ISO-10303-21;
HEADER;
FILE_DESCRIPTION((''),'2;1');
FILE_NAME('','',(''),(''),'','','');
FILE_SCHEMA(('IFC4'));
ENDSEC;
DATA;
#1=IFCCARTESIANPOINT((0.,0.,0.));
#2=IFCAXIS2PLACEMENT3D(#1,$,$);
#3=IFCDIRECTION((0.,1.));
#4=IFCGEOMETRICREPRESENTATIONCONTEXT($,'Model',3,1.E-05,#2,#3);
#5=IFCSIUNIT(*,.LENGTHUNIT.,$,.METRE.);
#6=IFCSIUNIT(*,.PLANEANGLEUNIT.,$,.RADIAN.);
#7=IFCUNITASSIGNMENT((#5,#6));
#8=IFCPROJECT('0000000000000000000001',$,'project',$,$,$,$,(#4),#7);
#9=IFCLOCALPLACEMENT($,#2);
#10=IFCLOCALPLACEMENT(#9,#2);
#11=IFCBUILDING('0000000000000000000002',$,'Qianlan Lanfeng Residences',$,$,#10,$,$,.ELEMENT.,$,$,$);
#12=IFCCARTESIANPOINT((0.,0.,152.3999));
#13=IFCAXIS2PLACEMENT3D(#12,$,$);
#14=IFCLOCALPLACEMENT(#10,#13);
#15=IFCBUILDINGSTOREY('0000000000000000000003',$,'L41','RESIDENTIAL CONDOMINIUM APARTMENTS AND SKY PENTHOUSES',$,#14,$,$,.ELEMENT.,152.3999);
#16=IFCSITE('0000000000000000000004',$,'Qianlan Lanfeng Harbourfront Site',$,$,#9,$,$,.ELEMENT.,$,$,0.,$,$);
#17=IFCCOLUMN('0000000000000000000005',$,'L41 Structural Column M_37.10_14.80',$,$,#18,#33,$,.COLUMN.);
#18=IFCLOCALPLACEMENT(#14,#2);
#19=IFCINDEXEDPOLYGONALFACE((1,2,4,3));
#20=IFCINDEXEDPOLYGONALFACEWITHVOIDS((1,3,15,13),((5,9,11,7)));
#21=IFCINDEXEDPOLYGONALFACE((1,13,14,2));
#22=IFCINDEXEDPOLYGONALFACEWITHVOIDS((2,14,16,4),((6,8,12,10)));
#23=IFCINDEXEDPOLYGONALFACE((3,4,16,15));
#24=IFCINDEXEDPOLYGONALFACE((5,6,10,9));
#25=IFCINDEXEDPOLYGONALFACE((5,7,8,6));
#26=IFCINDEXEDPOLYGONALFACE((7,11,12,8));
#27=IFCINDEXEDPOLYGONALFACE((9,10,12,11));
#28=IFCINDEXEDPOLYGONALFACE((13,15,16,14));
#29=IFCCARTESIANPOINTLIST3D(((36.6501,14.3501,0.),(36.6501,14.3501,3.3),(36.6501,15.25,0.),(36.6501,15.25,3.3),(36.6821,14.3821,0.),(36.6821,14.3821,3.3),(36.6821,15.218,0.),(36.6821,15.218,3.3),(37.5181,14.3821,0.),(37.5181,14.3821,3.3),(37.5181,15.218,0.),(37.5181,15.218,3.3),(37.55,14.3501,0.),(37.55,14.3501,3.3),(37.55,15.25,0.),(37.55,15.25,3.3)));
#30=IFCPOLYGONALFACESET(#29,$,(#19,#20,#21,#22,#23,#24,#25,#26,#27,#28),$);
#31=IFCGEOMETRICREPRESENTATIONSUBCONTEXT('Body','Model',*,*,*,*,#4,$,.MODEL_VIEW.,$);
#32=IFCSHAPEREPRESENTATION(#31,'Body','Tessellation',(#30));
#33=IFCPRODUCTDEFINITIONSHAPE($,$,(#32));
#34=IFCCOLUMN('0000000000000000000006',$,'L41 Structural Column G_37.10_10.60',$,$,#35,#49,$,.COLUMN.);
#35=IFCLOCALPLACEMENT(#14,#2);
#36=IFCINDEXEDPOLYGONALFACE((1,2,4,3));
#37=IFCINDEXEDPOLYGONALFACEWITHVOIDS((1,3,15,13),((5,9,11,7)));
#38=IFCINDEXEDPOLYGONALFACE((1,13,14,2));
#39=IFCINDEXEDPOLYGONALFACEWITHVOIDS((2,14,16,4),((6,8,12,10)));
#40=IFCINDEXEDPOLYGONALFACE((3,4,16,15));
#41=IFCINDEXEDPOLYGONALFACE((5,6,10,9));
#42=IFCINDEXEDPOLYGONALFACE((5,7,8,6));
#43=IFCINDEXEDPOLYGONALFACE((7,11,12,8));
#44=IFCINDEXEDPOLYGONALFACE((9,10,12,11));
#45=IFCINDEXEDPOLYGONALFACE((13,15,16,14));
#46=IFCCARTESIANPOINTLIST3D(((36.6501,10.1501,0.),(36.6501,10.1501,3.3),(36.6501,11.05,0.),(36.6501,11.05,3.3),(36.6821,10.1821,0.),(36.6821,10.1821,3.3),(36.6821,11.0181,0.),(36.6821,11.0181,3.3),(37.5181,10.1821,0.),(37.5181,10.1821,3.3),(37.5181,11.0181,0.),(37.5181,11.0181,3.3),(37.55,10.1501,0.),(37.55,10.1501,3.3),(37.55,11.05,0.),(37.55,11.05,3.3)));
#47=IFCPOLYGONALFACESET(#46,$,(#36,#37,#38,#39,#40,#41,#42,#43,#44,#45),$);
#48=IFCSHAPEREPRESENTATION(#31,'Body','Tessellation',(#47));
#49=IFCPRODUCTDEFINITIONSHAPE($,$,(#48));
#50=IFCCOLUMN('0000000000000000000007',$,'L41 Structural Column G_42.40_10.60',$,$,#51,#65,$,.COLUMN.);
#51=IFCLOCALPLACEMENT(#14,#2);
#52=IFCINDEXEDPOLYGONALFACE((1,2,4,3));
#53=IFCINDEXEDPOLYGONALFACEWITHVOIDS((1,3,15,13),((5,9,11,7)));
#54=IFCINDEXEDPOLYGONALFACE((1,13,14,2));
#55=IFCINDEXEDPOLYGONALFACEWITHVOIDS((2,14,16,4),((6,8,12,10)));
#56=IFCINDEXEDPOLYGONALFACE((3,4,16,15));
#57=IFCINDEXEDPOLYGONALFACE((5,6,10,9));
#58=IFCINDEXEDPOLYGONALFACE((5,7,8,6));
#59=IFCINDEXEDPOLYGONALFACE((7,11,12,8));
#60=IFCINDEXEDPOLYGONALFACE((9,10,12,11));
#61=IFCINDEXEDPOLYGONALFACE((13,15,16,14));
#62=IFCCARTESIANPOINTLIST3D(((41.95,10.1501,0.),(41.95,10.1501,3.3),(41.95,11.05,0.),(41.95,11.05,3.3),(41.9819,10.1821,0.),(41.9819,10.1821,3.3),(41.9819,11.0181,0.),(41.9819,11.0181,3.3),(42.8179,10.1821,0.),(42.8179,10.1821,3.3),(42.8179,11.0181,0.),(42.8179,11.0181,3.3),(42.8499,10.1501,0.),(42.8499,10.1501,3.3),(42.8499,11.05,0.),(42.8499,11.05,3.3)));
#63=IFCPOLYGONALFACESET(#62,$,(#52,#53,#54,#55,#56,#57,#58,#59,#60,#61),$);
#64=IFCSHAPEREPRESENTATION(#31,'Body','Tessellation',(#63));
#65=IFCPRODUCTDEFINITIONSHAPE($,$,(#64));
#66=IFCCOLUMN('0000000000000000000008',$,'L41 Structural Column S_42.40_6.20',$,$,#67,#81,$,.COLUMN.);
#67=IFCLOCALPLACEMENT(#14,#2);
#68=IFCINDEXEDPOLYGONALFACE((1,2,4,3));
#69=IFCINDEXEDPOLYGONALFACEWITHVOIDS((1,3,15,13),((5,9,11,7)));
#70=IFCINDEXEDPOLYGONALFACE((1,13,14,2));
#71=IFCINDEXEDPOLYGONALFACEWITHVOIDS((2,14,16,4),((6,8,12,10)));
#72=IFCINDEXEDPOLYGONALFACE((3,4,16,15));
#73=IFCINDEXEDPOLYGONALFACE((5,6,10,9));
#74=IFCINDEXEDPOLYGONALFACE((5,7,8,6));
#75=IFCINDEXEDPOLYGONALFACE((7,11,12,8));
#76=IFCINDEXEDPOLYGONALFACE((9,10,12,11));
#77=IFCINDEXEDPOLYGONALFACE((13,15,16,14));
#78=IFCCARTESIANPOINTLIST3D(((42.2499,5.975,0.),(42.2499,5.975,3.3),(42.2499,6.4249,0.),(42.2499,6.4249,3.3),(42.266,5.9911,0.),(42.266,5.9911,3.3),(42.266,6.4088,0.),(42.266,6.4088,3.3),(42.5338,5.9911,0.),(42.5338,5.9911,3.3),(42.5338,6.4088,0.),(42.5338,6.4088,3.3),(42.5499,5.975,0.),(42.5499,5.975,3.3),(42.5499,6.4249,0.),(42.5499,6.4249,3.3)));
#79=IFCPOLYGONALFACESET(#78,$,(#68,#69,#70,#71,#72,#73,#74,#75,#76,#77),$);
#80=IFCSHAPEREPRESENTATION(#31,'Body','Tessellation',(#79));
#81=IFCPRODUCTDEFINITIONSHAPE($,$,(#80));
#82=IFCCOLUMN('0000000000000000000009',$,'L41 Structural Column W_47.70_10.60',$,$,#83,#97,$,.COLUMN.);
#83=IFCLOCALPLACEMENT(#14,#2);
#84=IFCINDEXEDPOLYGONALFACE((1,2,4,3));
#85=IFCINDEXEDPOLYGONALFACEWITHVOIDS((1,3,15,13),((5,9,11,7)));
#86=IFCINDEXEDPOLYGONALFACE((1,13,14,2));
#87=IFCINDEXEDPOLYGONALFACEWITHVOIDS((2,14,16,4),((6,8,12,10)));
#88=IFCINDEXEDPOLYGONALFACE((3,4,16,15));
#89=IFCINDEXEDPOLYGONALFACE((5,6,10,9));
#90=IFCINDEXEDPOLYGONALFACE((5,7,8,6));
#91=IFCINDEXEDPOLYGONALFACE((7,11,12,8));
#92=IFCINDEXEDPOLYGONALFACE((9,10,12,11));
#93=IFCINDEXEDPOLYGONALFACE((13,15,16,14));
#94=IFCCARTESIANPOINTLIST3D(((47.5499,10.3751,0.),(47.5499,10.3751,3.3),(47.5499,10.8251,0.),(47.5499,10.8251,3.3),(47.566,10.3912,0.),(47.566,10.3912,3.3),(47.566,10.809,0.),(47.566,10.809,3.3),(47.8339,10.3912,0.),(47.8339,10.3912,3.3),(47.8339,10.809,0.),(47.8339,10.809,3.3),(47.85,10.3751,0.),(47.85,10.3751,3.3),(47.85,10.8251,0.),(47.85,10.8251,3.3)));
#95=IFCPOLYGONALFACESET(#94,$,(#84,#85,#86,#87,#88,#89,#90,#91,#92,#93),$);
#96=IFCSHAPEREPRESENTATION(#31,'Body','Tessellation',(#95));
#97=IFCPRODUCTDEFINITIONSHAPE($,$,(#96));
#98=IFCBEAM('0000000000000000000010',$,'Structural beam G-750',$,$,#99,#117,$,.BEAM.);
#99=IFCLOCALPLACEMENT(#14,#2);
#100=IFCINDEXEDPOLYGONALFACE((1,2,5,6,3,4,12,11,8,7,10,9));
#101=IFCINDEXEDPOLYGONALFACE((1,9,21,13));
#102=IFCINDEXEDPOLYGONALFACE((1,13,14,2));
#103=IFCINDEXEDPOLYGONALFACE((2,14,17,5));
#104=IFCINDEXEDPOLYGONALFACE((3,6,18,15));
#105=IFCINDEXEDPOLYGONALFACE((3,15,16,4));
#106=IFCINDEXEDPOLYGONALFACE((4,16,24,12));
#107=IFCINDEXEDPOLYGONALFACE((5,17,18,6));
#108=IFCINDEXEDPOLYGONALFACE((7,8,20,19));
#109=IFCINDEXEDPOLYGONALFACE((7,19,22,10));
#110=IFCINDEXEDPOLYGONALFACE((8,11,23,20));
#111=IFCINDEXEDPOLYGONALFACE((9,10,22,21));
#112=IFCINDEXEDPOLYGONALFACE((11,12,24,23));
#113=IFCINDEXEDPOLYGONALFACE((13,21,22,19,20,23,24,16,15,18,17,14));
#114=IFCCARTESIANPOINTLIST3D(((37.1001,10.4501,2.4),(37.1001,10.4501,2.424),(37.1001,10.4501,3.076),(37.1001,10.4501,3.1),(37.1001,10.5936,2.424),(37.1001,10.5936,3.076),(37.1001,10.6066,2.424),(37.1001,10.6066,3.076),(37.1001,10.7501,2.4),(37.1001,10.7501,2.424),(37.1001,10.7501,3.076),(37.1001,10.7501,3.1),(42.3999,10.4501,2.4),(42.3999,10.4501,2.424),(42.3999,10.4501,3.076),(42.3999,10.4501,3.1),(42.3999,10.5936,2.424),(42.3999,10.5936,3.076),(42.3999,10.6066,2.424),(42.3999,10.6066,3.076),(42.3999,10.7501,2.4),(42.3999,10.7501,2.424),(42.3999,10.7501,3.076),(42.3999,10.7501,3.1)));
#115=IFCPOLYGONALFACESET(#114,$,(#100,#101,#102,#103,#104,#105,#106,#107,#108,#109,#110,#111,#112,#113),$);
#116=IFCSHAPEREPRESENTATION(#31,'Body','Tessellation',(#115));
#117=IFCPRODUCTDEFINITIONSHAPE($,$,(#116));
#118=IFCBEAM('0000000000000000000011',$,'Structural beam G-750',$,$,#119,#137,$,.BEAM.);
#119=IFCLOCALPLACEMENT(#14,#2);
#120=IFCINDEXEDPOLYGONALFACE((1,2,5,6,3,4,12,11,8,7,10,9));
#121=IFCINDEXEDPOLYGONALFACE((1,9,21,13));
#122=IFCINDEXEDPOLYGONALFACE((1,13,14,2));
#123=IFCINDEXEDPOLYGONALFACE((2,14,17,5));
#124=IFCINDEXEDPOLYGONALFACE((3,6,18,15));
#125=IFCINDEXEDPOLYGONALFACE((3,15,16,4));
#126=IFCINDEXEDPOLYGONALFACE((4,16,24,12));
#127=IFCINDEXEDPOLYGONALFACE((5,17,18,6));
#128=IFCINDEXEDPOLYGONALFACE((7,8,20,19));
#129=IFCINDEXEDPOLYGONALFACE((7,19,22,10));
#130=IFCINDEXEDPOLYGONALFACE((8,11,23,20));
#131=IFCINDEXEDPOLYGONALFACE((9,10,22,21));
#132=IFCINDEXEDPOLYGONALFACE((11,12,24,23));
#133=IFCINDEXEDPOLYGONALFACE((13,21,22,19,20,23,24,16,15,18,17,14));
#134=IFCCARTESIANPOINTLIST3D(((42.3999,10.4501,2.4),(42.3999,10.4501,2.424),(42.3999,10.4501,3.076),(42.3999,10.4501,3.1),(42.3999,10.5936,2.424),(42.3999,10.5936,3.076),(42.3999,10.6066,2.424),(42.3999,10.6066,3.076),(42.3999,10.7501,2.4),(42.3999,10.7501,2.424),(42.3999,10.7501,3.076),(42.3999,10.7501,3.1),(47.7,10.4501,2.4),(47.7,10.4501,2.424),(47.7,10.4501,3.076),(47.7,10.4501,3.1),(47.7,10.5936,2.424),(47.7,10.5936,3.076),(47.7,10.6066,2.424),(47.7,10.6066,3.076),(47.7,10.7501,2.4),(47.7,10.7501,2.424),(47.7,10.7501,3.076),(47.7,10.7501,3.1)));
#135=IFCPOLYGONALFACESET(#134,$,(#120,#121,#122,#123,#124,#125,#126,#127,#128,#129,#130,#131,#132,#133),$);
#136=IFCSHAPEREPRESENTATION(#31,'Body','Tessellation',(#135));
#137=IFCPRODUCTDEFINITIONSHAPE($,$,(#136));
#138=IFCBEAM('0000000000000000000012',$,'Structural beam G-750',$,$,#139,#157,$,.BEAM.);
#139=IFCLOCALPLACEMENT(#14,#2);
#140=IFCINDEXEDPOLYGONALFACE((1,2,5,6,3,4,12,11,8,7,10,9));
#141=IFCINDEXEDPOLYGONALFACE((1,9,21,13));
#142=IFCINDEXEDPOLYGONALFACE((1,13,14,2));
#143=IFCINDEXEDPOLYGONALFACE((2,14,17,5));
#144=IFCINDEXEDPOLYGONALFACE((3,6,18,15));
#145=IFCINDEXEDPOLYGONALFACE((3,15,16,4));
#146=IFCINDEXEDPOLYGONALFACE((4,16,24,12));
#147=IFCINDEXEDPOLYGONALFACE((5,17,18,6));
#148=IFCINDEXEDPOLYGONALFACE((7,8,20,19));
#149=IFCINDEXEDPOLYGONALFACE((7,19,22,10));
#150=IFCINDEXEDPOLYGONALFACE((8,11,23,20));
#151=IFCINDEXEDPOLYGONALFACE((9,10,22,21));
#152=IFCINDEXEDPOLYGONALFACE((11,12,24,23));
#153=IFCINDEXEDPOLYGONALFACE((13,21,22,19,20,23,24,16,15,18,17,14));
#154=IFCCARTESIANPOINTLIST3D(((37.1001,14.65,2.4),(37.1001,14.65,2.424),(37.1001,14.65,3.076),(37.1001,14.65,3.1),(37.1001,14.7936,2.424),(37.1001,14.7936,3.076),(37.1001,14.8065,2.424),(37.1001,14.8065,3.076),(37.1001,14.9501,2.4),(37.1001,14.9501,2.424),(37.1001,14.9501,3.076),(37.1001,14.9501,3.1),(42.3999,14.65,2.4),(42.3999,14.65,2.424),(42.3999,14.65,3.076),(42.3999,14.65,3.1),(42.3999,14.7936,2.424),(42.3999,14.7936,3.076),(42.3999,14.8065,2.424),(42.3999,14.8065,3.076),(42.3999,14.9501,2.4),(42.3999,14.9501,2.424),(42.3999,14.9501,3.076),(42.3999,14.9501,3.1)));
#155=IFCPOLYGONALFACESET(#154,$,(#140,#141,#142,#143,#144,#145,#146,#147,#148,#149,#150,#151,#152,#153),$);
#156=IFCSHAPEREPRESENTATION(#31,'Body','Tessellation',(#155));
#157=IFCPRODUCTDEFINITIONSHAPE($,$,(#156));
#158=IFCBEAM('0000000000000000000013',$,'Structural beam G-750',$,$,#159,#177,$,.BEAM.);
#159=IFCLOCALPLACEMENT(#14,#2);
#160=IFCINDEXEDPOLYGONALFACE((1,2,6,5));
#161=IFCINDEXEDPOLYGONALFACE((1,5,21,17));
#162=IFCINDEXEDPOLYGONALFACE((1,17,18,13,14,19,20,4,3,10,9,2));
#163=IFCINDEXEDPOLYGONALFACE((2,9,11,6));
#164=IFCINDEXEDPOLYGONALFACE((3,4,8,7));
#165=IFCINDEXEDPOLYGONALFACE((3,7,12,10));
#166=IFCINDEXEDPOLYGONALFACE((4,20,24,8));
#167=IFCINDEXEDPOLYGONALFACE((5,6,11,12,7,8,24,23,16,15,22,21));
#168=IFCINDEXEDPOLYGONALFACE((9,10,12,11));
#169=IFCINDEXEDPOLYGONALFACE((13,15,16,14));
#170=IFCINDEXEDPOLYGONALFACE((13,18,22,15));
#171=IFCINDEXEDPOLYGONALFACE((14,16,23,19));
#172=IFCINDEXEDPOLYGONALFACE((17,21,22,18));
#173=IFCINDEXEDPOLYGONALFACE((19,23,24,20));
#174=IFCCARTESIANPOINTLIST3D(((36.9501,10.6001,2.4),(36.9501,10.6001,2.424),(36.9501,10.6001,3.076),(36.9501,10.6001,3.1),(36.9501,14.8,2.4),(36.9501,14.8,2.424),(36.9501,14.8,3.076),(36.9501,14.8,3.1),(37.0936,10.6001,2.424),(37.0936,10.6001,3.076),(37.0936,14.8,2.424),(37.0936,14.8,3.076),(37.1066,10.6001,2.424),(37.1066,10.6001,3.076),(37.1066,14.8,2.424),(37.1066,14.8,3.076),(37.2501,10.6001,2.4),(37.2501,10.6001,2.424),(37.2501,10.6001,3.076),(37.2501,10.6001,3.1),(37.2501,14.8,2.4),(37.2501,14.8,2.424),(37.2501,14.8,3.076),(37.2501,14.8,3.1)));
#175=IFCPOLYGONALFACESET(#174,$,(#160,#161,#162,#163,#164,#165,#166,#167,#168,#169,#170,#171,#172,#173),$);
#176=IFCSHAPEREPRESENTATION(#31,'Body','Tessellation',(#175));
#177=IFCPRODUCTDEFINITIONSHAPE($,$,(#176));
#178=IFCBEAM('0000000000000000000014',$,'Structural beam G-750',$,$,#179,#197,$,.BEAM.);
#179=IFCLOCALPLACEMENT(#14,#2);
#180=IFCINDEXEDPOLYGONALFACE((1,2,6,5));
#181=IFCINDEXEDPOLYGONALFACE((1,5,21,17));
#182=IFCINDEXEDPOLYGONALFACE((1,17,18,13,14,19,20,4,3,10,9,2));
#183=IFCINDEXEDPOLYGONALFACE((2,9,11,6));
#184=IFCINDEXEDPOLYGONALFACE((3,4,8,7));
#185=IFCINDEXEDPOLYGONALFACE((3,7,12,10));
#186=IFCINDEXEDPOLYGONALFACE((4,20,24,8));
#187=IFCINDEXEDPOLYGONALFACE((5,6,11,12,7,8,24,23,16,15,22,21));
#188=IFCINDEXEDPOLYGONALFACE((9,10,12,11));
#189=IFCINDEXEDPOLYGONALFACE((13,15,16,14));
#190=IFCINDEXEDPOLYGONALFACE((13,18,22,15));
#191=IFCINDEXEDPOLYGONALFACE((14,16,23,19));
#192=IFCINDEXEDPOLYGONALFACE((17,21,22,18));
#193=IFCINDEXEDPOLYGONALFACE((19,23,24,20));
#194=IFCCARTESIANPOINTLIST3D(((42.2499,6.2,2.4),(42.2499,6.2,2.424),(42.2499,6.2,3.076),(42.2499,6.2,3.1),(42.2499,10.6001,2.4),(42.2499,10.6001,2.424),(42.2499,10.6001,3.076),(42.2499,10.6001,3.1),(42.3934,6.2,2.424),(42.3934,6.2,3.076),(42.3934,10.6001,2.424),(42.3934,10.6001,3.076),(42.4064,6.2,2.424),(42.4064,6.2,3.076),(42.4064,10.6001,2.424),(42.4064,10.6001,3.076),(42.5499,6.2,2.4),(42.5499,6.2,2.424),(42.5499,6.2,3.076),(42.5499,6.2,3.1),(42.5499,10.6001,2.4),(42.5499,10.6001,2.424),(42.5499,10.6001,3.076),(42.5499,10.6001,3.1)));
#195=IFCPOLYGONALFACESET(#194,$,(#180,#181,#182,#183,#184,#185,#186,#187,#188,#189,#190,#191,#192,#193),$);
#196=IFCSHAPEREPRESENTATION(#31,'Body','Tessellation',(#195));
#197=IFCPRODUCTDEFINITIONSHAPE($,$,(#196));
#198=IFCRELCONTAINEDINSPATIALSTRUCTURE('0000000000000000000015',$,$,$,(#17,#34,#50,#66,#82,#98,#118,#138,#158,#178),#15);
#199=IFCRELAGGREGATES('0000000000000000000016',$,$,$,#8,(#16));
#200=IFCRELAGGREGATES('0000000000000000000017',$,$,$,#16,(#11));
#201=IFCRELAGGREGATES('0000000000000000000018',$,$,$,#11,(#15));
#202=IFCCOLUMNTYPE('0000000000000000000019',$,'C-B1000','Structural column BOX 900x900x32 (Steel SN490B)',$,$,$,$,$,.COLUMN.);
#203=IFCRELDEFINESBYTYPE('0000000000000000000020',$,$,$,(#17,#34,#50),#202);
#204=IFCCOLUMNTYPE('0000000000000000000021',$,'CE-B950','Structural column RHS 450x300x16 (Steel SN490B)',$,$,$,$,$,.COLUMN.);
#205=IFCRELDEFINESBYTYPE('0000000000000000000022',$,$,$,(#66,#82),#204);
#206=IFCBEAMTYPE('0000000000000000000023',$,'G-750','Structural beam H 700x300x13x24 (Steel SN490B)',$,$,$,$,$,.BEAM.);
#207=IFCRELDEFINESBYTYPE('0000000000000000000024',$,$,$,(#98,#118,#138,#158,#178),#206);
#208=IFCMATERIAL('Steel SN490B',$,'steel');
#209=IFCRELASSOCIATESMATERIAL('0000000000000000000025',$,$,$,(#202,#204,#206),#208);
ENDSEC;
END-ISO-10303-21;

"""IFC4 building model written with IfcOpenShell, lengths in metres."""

from ifc_helpers import new_model, si_unit, direction, frame, origin, origin_2d, place, context, subcontext, project, spatial, hollow_rectangle, i_section, extrude, material, material_profile, profile_set, type_object, element, save


model = new_model("IFC4")

# Units and contexts
model_context = context("Model", 3, precision=1e-05, world=origin(), true_north=direction((0.0, 1.0)))
body_context = subcontext(model_context, "Body", "Model", "MODEL_VIEW")
ifc_project = project(units=[si_unit("LENGTHUNIT", "METRE"), si_unit("PLANEANGLEUNIT", "RADIAN")], contexts=[model_context])

# Site, building, storey
site_placement = place(None, origin())
site = spatial("IfcSite", under=ifc_project, at=site_placement, Name="Qianlan Lanfeng Harbourfront Site", CompositionType="ELEMENT", RefElevation=0.0)
building_placement = place(site_placement, origin())
building = spatial("IfcBuilding", under=site, at=building_placement, Name="Qianlan Lanfeng Residences", CompositionType="ELEMENT")
storey_placement = place(building_placement, frame((0.0, 0.0, 152.3999)))
storey = spatial("IfcBuildingStorey", under=building, at=storey_placement, Name="L41", Description="RESIDENTIAL CONDOMINIUM APARTMENTS AND SKY PENTHOUSES", CompositionType="ELEMENT", Elevation=152.3999)

# Columns
ifc_material_1 = material(Name="Steel SN490B", Category="steel")
ifc_material_profile_1 = material_profile(ifc_material_1, hollow_rectangle(XDim=0.8999, YDim=0.8999, WallThickness=0.032, at=origin_2d()), Name="BOX 900x900x32")
ifc_profile_set_1 = profile_set([ifc_material_profile_1], Name="Steel SN490B")
column_type_1 = type_object("IfcColumnType", Name="C-B1000", Description="Structural column BOX 900x900x32 (Steel SN490B)", PredefinedType="COLUMN", material=ifc_profile_set_1)
for number, where, z_axis, x_axis, name in (
    (1, (37.1001, 14.8, 0.0), (0.0, 0.0, 1.0), (1.0, 0.0, 0.0), "L41 Structural Column M_37.10_14.80"),
    (2, (37.1001, 10.6001, 0.0), (0.0, 0.0, 1.0), (1.0, 0.0, 0.0), "L41 Structural Column G_37.10_10.60"),
    (3, (42.3999, 10.6001, 0.0), (0.0, 0.0, 1.0), (1.0, 0.0, 0.0), "L41 Structural Column G_42.40_10.60"),
):
    element("IfcColumn", number, at=place(storey_placement, frame(where, z_axis=z_axis, x_axis=x_axis)), inside=storey, type_object=column_type_1, Name=name, PredefinedType="COLUMN", context=body_context, shape_type="SweptSolid", body=[
        extrude(hollow_rectangle(XDim=0.8999, YDim=0.8999, WallThickness=0.032, at=origin_2d()), origin(), (0.0, 0.0, 1.0), 3.3),
    ])
ifc_material_profile_2 = material_profile(ifc_material_1, hollow_rectangle(XDim=0.3, YDim=0.45, WallThickness=0.0161, at=origin_2d()), Name="RHS 450x300x16")
ifc_profile_set_2 = profile_set([ifc_material_profile_2], Name="Steel SN490B")
column_type_2 = type_object("IfcColumnType", Name="CE-B950", Description="Structural column RHS 450x300x16 (Steel SN490B)", PredefinedType="COLUMN", material=ifc_profile_set_2)
for number, where, z_axis, x_axis, name in (
    (4, (42.3999, 6.2, 0.0), (0.0, 0.0, 1.0), (1.0, 0.0, 0.0), "L41 Structural Column S_42.40_6.20"),
    (5, (47.7, 10.6001, 0.0), (0.0, 0.0, 1.0), (1.0, 0.0, 0.0), "L41 Structural Column W_47.70_10.60"),
):
    element("IfcColumn", number, at=place(storey_placement, frame(where, z_axis=z_axis, x_axis=x_axis)), inside=storey, type_object=column_type_2, Name=name, PredefinedType="COLUMN", context=body_context, shape_type="SweptSolid", body=[
        extrude(hollow_rectangle(XDim=0.3, YDim=0.45, WallThickness=0.0161, at=origin_2d()), origin(), (0.0, 0.0, 1.0), 3.3),
    ])

# Beams
ifc_material_profile_3 = material_profile(ifc_material_1, i_section(OverallWidth=0.3, OverallDepth=0.7, WebThickness=0.0129, FlangeThickness=0.0239, at=origin_2d()), Name="H 700x300x13x24")
ifc_profile_set_3 = profile_set([ifc_material_profile_3], Name="Steel SN490B")
beam_type_1 = type_object("IfcBeamType", Name="G-750", Description="Structural beam H 700x300x13x24 (Steel SN490B)", PredefinedType="BEAM", material=ifc_profile_set_3)
beam_1_placement = place(storey_placement, frame((37.1001, 10.6001, 2.75), z_axis=(1.0, 0.0, 0.0), x_axis=(0.0, 1.0, 0.0)))
element("IfcBeam", 6, at=beam_1_placement, inside=storey, type_object=beam_type_1, Name="Structural beam G-750", PredefinedType="BEAM", context=body_context, shape_type="SweptSolid", body=[
    extrude(i_section(OverallWidth=0.3, OverallDepth=0.7, WebThickness=0.0129, FlangeThickness=0.0239, at=origin_2d()), origin(), (0.0, 0.0, 1.0), 5.2998),
])
beam_2_placement = place(storey_placement, frame((42.3999, 10.6001, 2.75), z_axis=(1.0, 0.0, 0.0), x_axis=(0.0, 1.0, 0.0)))
element("IfcBeam", 7, at=beam_2_placement, inside=storey, type_object=beam_type_1, Name="Structural beam G-750", PredefinedType="BEAM", context=body_context, shape_type="SweptSolid", body=[
    extrude(i_section(OverallWidth=0.3, OverallDepth=0.7, WebThickness=0.0129, FlangeThickness=0.0239, at=origin_2d()), origin(), (0.0, 0.0, 1.0), 5.3),
])
beam_3_placement = place(storey_placement, frame((37.1001, 14.8, 2.75), z_axis=(1.0, 0.0, 0.0), x_axis=(0.0, 1.0, 0.0)))
element("IfcBeam", 8, at=beam_3_placement, inside=storey, type_object=beam_type_1, Name="Structural beam G-750", PredefinedType="BEAM", context=body_context, shape_type="SweptSolid", body=[
    extrude(i_section(OverallWidth=0.3, OverallDepth=0.7, WebThickness=0.0129, FlangeThickness=0.0239, at=origin_2d()), origin(), (0.0, 0.0, 1.0), 5.2998),
])
beam_4_placement = place(storey_placement, frame((37.1001, 10.6001, 2.75), z_axis=(0.0, 1.0, 0.0), x_axis=(-1.0, 0.0, 0.0)))
element("IfcBeam", 9, at=beam_4_placement, inside=storey, type_object=beam_type_1, Name="Structural beam G-750", PredefinedType="BEAM", context=body_context, shape_type="SweptSolid", body=[
    extrude(i_section(OverallWidth=0.3, OverallDepth=0.7, WebThickness=0.0129, FlangeThickness=0.0239, at=origin_2d()), origin(), (0.0, 0.0, 1.0), 4.2),
])
beam_5_placement = place(storey_placement, frame((42.3999, 6.2, 2.75), z_axis=(0.0, 1.0, 0.0), x_axis=(-1.0, 0.0, 0.0)))
element("IfcBeam", 10, at=beam_5_placement, inside=storey, type_object=beam_type_1, Name="Structural beam G-750", PredefinedType="BEAM", context=body_context, shape_type="SweptSolid", body=[
    extrude(i_section(OverallWidth=0.3, OverallDepth=0.7, WebThickness=0.0129, FlangeThickness=0.0239, at=origin_2d()), origin(), (0.0, 0.0, 1.0), 4.4001),
])

save(model, "model.ifc")
